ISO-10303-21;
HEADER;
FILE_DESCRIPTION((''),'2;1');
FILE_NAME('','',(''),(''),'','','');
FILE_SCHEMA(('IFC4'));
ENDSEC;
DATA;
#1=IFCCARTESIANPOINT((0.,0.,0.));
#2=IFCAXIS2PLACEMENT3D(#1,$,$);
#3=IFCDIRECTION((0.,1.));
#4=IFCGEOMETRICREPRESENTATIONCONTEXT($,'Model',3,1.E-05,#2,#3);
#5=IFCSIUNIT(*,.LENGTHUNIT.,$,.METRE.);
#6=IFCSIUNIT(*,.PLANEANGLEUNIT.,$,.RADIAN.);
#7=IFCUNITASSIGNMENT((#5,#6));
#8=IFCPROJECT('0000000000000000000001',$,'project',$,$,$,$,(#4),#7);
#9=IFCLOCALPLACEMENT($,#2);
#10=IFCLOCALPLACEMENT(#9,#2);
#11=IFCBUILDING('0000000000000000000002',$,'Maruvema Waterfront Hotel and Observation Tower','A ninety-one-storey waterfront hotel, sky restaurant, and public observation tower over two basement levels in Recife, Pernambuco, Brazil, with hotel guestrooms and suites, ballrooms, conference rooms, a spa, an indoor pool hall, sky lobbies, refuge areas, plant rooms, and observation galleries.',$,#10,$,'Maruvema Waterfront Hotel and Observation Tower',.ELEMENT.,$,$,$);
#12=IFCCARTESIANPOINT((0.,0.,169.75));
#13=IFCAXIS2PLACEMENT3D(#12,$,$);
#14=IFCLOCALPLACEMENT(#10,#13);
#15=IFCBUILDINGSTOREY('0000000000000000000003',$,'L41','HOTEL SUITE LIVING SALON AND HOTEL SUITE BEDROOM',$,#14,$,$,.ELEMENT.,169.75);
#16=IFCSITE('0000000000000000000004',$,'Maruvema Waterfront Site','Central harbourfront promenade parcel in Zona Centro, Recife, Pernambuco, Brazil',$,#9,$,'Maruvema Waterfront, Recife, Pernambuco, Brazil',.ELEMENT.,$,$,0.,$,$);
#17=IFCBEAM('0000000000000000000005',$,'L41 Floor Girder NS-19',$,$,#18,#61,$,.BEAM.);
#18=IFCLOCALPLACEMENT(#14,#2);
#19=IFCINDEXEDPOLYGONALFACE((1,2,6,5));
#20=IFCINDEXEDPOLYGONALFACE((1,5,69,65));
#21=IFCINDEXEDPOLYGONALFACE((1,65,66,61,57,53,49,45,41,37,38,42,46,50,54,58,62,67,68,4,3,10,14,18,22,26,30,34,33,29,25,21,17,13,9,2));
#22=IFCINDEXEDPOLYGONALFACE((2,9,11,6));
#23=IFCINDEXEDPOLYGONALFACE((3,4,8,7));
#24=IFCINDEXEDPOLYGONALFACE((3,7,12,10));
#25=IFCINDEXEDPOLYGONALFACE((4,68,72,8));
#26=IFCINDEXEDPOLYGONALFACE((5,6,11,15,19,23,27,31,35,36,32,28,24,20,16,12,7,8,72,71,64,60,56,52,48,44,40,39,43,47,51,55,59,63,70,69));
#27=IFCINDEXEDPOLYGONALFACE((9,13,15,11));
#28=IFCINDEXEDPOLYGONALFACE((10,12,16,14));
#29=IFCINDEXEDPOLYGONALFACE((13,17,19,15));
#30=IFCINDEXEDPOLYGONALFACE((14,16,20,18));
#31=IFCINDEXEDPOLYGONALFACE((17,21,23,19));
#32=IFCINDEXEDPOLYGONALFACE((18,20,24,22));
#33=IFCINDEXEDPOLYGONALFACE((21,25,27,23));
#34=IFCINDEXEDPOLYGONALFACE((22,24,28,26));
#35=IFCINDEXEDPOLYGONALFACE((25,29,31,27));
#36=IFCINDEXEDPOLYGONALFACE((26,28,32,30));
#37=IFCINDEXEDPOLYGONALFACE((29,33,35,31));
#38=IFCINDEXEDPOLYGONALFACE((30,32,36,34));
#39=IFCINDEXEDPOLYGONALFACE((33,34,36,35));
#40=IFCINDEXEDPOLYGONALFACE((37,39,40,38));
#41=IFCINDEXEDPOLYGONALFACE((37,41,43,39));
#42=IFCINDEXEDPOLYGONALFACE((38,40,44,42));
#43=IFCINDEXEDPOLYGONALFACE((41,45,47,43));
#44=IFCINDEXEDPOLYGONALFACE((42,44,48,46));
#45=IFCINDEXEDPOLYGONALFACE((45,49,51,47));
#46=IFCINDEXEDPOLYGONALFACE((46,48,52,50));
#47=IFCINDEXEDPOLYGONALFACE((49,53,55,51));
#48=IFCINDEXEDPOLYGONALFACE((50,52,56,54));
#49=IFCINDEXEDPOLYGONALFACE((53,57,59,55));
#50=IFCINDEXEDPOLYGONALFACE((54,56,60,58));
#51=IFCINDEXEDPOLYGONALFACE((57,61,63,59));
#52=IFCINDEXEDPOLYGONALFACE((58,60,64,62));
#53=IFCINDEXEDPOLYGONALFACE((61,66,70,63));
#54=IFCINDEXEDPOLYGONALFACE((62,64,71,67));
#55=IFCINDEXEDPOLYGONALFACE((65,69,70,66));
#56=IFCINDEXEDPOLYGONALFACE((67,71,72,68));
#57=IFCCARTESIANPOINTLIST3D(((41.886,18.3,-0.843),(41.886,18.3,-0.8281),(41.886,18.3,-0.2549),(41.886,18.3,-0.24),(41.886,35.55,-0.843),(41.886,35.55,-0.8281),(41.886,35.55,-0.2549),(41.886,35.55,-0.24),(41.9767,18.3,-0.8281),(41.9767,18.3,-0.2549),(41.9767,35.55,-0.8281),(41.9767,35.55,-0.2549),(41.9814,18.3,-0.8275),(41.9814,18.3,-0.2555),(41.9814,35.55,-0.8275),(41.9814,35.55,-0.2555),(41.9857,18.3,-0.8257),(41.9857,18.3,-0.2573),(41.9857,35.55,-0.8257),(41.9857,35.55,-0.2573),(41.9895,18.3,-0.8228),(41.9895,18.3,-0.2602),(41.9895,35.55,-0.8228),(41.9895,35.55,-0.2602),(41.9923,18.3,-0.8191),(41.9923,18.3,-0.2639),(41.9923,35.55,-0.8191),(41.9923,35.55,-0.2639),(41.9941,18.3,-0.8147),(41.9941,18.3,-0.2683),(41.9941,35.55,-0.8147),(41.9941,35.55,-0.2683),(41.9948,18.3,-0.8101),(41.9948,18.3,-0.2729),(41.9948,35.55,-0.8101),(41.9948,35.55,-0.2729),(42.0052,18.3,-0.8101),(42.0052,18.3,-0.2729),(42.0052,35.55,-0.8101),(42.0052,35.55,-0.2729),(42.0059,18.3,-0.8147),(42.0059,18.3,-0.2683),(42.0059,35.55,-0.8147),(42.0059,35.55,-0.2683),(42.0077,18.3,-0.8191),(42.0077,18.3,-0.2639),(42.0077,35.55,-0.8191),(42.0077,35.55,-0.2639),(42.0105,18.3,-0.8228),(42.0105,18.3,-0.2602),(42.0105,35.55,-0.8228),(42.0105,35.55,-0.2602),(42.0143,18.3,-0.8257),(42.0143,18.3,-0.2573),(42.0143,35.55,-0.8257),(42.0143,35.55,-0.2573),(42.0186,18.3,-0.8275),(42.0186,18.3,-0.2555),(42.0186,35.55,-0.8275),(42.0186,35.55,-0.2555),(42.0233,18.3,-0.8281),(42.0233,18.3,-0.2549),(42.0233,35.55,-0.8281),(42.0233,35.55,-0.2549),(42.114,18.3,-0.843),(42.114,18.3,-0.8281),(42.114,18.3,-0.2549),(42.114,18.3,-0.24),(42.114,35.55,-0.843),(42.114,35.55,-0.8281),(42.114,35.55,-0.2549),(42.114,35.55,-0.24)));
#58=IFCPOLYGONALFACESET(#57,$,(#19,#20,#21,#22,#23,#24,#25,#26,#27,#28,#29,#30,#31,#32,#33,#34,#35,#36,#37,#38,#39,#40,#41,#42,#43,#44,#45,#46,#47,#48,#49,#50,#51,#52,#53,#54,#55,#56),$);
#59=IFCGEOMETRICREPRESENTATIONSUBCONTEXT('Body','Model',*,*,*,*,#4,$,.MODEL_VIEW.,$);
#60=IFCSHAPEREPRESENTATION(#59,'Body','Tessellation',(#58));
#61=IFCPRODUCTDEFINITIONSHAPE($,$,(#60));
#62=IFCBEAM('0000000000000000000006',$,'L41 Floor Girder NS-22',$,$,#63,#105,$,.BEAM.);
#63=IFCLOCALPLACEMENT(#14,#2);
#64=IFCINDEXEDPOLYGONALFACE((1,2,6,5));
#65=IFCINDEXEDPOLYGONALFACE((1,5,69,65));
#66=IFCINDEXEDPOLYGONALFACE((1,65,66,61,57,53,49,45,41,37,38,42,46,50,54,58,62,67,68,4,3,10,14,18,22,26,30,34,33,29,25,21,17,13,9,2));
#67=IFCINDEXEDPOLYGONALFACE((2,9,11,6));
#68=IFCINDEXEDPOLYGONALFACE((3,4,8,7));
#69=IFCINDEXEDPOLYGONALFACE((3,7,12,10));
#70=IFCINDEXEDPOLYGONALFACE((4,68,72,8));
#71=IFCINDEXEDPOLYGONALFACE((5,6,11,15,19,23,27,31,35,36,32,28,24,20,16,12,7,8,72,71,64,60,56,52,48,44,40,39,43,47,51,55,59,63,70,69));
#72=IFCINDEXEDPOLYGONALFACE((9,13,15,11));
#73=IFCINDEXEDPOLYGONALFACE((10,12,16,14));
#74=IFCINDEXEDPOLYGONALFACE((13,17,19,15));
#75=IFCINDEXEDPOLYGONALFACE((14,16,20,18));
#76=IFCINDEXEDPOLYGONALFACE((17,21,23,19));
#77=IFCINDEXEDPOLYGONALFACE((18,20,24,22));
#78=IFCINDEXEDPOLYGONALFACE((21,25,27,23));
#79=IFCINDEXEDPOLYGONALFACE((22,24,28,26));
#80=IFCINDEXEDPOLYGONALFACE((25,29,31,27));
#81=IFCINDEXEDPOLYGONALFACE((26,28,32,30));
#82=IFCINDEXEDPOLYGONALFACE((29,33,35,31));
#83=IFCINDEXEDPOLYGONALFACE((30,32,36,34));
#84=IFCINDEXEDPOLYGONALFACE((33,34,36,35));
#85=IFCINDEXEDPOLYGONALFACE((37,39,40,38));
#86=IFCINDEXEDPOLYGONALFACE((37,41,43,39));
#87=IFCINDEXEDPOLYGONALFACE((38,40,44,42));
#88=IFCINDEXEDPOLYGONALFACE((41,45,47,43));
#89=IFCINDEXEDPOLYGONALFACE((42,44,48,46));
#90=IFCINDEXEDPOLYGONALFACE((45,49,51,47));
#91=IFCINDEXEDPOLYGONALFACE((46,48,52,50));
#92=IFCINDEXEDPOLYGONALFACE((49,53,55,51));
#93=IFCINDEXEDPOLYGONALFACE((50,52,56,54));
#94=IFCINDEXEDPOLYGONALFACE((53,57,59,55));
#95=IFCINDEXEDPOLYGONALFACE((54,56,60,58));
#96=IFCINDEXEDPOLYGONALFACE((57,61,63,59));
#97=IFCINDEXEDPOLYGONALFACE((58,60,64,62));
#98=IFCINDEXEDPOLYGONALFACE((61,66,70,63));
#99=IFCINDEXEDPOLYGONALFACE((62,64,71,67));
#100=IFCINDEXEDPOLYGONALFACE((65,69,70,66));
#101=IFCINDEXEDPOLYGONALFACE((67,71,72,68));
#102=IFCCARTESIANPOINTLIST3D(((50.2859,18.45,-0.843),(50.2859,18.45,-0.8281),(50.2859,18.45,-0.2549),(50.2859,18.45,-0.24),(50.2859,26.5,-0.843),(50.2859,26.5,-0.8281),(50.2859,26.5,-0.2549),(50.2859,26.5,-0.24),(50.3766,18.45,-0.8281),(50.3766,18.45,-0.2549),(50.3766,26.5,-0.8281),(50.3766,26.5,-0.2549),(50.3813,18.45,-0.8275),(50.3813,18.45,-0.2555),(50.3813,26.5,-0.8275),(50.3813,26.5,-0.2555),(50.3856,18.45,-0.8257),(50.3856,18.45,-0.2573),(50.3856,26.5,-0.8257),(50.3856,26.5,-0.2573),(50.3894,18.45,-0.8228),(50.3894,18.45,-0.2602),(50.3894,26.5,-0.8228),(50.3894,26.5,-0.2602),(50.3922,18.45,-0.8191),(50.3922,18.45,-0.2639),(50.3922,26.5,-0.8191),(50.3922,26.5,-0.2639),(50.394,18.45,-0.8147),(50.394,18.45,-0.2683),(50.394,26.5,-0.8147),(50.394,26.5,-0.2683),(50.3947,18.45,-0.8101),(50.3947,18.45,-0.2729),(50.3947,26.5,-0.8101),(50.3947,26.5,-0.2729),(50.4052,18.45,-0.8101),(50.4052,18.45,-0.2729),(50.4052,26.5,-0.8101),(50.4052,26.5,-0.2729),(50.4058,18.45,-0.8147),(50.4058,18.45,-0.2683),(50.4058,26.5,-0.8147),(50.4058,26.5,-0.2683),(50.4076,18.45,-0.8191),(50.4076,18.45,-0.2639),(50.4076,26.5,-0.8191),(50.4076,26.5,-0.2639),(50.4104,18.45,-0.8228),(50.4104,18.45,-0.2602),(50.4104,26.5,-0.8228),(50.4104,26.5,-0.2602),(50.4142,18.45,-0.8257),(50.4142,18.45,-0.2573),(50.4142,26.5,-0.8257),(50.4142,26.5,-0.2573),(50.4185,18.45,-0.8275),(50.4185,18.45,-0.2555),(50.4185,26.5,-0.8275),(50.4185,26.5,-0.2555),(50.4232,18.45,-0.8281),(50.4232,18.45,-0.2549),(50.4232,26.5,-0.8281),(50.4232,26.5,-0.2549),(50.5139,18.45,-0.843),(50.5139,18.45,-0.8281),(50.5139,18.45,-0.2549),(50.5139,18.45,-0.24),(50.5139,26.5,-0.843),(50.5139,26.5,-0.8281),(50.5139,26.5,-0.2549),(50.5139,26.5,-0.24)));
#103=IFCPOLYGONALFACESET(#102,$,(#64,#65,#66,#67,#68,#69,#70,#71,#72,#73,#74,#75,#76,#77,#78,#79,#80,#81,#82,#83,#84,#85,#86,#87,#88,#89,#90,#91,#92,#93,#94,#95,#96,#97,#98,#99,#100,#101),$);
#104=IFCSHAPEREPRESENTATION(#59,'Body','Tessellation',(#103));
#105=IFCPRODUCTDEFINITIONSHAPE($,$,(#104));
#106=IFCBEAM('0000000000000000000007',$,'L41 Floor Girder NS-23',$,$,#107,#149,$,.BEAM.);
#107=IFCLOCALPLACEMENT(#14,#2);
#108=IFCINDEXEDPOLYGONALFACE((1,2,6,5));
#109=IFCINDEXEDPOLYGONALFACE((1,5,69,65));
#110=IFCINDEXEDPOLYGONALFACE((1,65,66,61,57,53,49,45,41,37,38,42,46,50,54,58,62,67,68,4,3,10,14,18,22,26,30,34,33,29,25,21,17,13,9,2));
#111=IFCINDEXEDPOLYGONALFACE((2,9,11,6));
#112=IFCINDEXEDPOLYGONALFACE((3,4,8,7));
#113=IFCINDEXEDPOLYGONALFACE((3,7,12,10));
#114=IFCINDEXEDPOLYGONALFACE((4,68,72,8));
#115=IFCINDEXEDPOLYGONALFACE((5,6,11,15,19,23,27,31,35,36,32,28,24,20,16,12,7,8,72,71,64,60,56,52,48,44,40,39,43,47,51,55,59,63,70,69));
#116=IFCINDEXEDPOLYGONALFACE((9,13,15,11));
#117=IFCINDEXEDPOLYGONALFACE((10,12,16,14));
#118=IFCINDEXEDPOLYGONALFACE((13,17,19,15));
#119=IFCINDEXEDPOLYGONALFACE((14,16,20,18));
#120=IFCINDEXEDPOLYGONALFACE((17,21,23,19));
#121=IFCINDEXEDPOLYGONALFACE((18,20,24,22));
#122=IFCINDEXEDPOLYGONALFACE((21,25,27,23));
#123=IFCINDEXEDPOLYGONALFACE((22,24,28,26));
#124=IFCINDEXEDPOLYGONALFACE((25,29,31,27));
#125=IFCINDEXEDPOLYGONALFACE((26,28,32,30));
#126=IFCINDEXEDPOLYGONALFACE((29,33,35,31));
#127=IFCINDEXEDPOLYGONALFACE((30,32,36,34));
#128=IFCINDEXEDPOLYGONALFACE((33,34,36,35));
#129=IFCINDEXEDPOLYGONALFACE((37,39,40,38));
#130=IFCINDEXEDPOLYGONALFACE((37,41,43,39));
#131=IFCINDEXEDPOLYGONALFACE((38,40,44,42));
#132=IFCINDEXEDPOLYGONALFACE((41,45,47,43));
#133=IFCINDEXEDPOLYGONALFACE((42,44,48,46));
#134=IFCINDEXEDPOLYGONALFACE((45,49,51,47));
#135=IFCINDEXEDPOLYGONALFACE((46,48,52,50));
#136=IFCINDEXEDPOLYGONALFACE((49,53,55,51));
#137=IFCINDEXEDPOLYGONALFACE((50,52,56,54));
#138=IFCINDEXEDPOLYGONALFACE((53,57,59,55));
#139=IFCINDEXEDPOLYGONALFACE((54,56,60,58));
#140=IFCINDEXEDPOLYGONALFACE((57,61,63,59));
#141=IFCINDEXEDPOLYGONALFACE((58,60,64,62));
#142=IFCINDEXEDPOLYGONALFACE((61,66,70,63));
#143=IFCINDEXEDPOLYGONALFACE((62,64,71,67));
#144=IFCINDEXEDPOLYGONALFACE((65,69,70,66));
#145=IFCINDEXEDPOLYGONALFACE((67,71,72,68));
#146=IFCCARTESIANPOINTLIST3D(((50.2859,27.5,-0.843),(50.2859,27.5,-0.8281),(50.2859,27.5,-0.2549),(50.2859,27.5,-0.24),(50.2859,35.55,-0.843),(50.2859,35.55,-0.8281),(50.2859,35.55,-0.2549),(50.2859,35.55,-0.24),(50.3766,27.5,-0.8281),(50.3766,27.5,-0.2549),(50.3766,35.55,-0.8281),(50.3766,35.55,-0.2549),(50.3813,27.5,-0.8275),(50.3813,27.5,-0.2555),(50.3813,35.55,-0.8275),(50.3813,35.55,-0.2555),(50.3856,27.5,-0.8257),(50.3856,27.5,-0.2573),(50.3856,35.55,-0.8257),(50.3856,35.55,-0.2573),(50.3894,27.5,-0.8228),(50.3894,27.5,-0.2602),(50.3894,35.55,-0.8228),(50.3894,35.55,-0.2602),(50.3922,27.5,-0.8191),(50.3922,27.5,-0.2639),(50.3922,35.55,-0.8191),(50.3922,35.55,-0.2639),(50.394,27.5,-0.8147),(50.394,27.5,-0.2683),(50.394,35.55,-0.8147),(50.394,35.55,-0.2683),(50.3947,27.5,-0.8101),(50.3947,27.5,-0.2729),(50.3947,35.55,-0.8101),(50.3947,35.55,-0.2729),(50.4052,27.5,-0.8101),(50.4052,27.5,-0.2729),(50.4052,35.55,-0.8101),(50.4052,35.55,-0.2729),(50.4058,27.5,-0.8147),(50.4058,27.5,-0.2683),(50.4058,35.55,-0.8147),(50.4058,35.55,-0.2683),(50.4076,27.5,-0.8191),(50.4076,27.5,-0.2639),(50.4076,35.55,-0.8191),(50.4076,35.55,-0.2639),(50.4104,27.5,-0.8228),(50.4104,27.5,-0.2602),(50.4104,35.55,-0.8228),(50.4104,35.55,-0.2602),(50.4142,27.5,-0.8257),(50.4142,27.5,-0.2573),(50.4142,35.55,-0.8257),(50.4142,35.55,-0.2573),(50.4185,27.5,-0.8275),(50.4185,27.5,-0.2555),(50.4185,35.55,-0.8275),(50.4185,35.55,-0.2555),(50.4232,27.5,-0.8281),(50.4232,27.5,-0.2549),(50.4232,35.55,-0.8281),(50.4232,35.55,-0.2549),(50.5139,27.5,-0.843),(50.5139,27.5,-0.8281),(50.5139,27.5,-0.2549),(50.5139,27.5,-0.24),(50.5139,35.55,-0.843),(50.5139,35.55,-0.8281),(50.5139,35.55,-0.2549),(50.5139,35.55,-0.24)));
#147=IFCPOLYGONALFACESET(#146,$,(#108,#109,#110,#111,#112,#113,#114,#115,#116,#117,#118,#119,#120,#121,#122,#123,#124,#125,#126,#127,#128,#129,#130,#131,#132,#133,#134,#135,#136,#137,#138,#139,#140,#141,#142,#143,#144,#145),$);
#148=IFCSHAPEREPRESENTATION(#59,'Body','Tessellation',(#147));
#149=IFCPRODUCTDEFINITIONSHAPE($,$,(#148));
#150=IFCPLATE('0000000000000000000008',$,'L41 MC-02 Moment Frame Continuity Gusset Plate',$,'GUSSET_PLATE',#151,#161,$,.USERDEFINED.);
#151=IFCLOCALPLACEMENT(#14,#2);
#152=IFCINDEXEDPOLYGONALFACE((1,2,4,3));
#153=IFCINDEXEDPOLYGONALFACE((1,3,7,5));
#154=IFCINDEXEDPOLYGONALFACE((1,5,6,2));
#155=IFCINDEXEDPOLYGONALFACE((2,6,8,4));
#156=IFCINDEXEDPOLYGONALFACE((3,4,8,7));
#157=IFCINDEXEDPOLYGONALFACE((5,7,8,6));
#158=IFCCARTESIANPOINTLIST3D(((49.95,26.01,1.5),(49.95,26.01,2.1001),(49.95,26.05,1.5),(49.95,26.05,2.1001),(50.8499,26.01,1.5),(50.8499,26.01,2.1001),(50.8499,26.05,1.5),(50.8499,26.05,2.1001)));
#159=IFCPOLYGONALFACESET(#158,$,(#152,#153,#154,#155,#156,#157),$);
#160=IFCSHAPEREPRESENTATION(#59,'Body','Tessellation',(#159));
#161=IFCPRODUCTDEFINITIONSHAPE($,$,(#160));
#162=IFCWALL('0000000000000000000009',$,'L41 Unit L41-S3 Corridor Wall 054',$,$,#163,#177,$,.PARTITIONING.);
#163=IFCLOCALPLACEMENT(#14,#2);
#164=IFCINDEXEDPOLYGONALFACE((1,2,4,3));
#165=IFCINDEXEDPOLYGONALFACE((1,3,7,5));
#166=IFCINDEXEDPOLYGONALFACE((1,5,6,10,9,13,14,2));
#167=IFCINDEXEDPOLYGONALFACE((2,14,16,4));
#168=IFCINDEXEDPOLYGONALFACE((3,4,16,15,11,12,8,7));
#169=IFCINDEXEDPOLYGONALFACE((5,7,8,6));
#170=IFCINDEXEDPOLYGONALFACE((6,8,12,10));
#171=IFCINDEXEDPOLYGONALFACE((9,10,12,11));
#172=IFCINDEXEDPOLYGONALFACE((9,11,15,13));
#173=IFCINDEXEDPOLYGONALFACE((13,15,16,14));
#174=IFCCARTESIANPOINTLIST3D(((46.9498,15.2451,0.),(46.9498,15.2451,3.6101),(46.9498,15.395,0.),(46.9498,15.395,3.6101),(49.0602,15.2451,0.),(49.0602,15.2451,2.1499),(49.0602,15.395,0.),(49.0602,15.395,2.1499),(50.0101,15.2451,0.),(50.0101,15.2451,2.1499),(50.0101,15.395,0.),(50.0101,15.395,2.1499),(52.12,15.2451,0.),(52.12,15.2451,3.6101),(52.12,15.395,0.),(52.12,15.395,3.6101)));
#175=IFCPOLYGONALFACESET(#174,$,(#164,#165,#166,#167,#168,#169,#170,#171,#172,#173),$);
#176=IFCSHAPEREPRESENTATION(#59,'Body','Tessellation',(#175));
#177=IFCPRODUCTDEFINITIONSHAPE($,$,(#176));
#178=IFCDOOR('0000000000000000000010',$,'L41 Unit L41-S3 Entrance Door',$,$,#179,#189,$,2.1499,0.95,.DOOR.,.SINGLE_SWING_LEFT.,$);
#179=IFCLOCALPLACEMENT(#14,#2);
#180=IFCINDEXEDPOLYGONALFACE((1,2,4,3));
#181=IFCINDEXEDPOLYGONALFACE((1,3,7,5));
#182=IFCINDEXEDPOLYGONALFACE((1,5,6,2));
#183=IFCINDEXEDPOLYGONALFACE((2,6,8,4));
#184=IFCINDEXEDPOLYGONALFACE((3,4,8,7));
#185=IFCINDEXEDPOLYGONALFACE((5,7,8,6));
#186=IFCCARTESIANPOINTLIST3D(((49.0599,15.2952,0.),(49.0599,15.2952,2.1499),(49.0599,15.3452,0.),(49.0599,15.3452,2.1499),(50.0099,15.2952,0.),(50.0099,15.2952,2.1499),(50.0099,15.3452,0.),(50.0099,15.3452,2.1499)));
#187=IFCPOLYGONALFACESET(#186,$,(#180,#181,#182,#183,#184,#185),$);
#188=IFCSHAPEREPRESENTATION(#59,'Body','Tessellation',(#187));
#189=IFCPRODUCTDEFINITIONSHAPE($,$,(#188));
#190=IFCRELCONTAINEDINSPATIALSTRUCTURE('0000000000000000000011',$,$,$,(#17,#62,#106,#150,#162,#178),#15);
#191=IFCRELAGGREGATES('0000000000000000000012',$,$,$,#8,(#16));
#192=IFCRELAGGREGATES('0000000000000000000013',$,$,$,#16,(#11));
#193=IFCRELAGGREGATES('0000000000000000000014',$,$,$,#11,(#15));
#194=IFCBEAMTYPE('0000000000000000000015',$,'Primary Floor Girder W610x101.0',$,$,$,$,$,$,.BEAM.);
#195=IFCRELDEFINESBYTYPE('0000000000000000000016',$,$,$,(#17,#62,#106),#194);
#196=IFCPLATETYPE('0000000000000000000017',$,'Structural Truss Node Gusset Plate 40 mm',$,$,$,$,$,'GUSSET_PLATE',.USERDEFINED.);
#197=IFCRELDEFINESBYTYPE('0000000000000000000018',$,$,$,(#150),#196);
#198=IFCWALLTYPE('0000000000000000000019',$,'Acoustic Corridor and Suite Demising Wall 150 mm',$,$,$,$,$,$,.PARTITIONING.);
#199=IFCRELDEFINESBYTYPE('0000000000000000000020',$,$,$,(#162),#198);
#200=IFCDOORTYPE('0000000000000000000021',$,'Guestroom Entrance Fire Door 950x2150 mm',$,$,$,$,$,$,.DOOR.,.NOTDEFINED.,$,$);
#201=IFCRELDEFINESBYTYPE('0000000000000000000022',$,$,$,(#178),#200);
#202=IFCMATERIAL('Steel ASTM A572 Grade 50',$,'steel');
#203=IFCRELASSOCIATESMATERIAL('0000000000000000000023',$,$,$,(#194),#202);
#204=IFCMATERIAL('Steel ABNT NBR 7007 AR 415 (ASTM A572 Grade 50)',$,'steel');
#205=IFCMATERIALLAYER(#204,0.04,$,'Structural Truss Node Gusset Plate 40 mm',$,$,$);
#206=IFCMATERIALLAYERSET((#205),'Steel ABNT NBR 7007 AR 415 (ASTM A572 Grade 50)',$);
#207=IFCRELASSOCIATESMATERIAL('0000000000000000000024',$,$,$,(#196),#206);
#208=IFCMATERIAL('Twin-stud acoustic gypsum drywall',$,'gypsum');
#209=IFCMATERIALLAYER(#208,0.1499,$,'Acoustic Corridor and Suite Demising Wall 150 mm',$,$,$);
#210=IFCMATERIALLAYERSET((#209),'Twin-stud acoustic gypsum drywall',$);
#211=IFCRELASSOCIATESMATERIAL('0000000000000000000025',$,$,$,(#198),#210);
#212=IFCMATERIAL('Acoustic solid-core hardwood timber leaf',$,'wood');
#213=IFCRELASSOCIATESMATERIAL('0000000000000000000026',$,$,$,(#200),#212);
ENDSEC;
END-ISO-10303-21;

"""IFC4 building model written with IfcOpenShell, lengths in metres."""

from ifc_helpers import new_model, si_unit, direction, frame, frame_2d, origin, origin_2d, place, context, subcontext, project, spatial, rectangle, i_section, extrude, material, layer, layer_set, material_profile, profile_set, type_object, element, fill, save


model = new_model("IFC4")

# Units and contexts
model_context = context("Model", 3, precision=1e-05, world=origin(), true_north=direction((0.0, 1.0)))
body_context = subcontext(model_context, "Body", "Model", "MODEL_VIEW")
ifc_project = project(units=[si_unit("LENGTHUNIT", "METRE"), si_unit("PLANEANGLEUNIT", "RADIAN")], contexts=[model_context])

# Site, building, storey
site_placement = place(None, origin())
site = spatial("IfcSite", under=ifc_project, at=site_placement, Name="Maruvema Waterfront Site", Description="Central harbourfront promenade parcel in Zona Centro, Recife, Pernambuco, Brazil", LongName="Maruvema Waterfront, Recife, Pernambuco, Brazil", CompositionType="ELEMENT", RefElevation=0.0)
building_placement = place(site_placement, origin())
building = spatial("IfcBuilding", under=site, at=building_placement, Name="Maruvema Waterfront Hotel and Observation Tower", Description="A ninety-one-storey waterfront hotel, sky restaurant, and public observation tower over two basement levels in Recife, Pernambuco, Brazil, with hotel guestrooms and suites, ballrooms, conference rooms, a spa, an indoor pool hall, sky lobbies, refuge areas, plant rooms, and observation galleries.", LongName="Maruvema Waterfront Hotel and Observation Tower", CompositionType="ELEMENT")
storey_placement = place(building_placement, frame((0.0, 0.0, 169.75)))
storey = spatial("IfcBuildingStorey", under=building, at=storey_placement, Name="L41", Description="HOTEL SUITE LIVING SALON AND HOTEL SUITE BEDROOM", CompositionType="ELEMENT", Elevation=169.75)

# Beams
ifc_material_1 = material(Name="Steel ASTM A572 Grade 50", Category="steel")
ifc_material_profile_1 = material_profile(ifc_material_1, i_section(OverallWidth=0.228, OverallDepth=0.603, WebThickness=0.0105, FlangeThickness=0.0149, FilletRadius=0.0181, at=origin_2d()), Name="W610x101.0")
ifc_profile_set_1 = profile_set([ifc_material_profile_1], Name="Steel ASTM A572 Grade 50")
beam_type = type_object("IfcBeamType", Name="Primary Floor Girder W610x101.0", PredefinedType="BEAM", material=ifc_profile_set_1)
beam_1_placement = place(storey_placement, frame((42.0, 18.3, -0.5415), z_axis=(0.0, 1.0, 0.0), x_axis=(-1.0, 0.0, 0.0)))
element("IfcBeam", 1, at=beam_1_placement, inside=storey, type_object=beam_type, Name="L41 Floor Girder NS-19", PredefinedType="BEAM", context=body_context, shape_type="SweptSolid", body=[
    extrude(i_section(OverallWidth=0.228, OverallDepth=0.603, WebThickness=0.0105, FlangeThickness=0.0149, FilletRadius=0.0181, at=origin_2d()), origin(), (0.0, 0.0, 1.0), 17.25),
])
for number, where, z_axis, x_axis, name in (
    (2, (50.3999, 18.45, -0.5415), (0.0, 1.0, 0.0), (-1.0, 0.0, 0.0), "L41 Floor Girder NS-22"),
    (3, (50.3999, 27.5, -0.5415), (0.0, 1.0, 0.0), (-1.0, 0.0, 0.0), "L41 Floor Girder NS-23"),
):
    element("IfcBeam", number, at=place(storey_placement, frame(where, z_axis=z_axis, x_axis=x_axis)), inside=storey, type_object=beam_type, Name=name, PredefinedType="BEAM", context=body_context, shape_type="SweptSolid", body=[
        extrude(i_section(OverallWidth=0.228, OverallDepth=0.603, WebThickness=0.0105, FlangeThickness=0.0149, FilletRadius=0.0181, at=origin_2d()), origin(), (0.0, 0.0, 1.0), 8.05),
    ])

# Plate
ifc_material_2 = material(Name="Steel ABNT NBR 7007 AR 415 (ASTM A572 Grade 50)", Category="steel")
ifc_layer_1 = layer(ifc_material_2, 0.04, Name="Structural Truss Node Gusset Plate 40 mm")
ifc_layer_set_1 = layer_set([ifc_layer_1], Name="Steel ABNT NBR 7007 AR 415 (ASTM A572 Grade 50)")
plate_type = type_object("IfcPlateType", Name="Structural Truss Node Gusset Plate 40 mm", ElementType="GUSSET_PLATE", PredefinedType="USERDEFINED", material=ifc_layer_set_1)
plate_placement = place(storey_placement, frame((50.3999, 26.03, 1.5), z_axis=(0.0, 0.0, 1.0), x_axis=(1.0, 0.0, 0.0)))
element("IfcPlate", 4, at=plate_placement, inside=storey, type_object=plate_type, Name="L41 MC-02 Moment Frame Continuity Gusset Plate", ObjectType="GUSSET_PLATE", PredefinedType="USERDEFINED", context=body_context, shape_type="SweptSolid", body=[
    extrude(rectangle(XDim=0.8999, YDim=0.04, at=origin_2d()), origin(), (0.0, 0.0, 1.0), 0.6001),
])

# Wall, opening, door
ifc_material_3 = material(Name="Twin-stud acoustic gypsum drywall", Category="gypsum")
ifc_layer_2 = layer(ifc_material_3, 0.1499, Name="Acoustic Corridor and Suite Demising Wall 150 mm")
ifc_layer_set_2 = layer_set([ifc_layer_2], Name="Twin-stud acoustic gypsum drywall")
wall_type_1 = type_object("IfcWallType", Name="Acoustic Corridor and Suite Demising Wall 150 mm", PredefinedType="PARTITIONING", material=ifc_layer_set_2)
wall_1_placement = place(storey_placement, frame((46.95, 15.3201, 0.0), z_axis=(0.0, 0.0, 1.0), x_axis=(1.0, 0.0, 0.0)))
wall_1 = element("IfcWall", 5, at=wall_1_placement, inside=storey, type_object=wall_type_1, Name="L41 Unit L41-S3 Corridor Wall 054", PredefinedType="PARTITIONING", context=body_context, shape_type="SweptSolid", body=[
    extrude(rectangle(XDim=5.1702, YDim=0.1499, at=frame_2d((2.585, 0.0))), origin(), (0.0, 0.0, 1.0), 3.6101),
])
opening_1_placement = place(wall_1_placement, frame((2.1101, 0.0, 0.0)))
opening_1 = element("IfcOpeningElement", 6, at=opening_1_placement, cuts=wall_1, PredefinedType="OPENING", context=body_context, shape_type="SweptSolid", body=[
    extrude(rectangle(XDim=0.95, YDim=2.1499, at=frame_2d((0.4751, 1.075))), frame((0.0, 0.085, 0.0), z_axis=(0.0, -1.0, 0.0), x_axis=(1.0, 0.0, 0.0)), (0.0, 0.0, 1.0), 0.1699),
])
ifc_material_4 = material(Name="Acoustic solid-core hardwood timber leaf", Category="wood")
door_type_1 = type_object("IfcDoorType", Name="Guestroom Entrance Fire Door 950x2150 mm", OperationType="NOTDEFINED", PredefinedType="DOOR", material=ifc_material_4)
door_1_placement = place(opening_1_placement, frame((0.95, 0.0, 0.0), z_axis=(0.0, 0.0, 1.0), x_axis=(-1.0, 0.0, 0.0)))
door_1 = element("IfcDoor", 7, at=door_1_placement, inside=storey, type_object=door_type_1, Name="L41 Unit L41-S3 Entrance Door", OperationType="SINGLE_SWING_LEFT", OverallHeight=2.1499, OverallWidth=0.95, PredefinedType="DOOR", context=body_context, shape_type="SweptSolid", body=[
    extrude(rectangle(XDim=0.95, YDim=2.1499, at=frame_2d((0.4751, 1.075))), frame((0.0, 0.0249, 0.0), z_axis=(0.0, -1.0, 0.0), x_axis=(1.0, 0.0, 0.0)), (0.0, 0.0, 1.0), 0.05),
])
fill(opening_1, door_1)

save(model, "model.ifc")
